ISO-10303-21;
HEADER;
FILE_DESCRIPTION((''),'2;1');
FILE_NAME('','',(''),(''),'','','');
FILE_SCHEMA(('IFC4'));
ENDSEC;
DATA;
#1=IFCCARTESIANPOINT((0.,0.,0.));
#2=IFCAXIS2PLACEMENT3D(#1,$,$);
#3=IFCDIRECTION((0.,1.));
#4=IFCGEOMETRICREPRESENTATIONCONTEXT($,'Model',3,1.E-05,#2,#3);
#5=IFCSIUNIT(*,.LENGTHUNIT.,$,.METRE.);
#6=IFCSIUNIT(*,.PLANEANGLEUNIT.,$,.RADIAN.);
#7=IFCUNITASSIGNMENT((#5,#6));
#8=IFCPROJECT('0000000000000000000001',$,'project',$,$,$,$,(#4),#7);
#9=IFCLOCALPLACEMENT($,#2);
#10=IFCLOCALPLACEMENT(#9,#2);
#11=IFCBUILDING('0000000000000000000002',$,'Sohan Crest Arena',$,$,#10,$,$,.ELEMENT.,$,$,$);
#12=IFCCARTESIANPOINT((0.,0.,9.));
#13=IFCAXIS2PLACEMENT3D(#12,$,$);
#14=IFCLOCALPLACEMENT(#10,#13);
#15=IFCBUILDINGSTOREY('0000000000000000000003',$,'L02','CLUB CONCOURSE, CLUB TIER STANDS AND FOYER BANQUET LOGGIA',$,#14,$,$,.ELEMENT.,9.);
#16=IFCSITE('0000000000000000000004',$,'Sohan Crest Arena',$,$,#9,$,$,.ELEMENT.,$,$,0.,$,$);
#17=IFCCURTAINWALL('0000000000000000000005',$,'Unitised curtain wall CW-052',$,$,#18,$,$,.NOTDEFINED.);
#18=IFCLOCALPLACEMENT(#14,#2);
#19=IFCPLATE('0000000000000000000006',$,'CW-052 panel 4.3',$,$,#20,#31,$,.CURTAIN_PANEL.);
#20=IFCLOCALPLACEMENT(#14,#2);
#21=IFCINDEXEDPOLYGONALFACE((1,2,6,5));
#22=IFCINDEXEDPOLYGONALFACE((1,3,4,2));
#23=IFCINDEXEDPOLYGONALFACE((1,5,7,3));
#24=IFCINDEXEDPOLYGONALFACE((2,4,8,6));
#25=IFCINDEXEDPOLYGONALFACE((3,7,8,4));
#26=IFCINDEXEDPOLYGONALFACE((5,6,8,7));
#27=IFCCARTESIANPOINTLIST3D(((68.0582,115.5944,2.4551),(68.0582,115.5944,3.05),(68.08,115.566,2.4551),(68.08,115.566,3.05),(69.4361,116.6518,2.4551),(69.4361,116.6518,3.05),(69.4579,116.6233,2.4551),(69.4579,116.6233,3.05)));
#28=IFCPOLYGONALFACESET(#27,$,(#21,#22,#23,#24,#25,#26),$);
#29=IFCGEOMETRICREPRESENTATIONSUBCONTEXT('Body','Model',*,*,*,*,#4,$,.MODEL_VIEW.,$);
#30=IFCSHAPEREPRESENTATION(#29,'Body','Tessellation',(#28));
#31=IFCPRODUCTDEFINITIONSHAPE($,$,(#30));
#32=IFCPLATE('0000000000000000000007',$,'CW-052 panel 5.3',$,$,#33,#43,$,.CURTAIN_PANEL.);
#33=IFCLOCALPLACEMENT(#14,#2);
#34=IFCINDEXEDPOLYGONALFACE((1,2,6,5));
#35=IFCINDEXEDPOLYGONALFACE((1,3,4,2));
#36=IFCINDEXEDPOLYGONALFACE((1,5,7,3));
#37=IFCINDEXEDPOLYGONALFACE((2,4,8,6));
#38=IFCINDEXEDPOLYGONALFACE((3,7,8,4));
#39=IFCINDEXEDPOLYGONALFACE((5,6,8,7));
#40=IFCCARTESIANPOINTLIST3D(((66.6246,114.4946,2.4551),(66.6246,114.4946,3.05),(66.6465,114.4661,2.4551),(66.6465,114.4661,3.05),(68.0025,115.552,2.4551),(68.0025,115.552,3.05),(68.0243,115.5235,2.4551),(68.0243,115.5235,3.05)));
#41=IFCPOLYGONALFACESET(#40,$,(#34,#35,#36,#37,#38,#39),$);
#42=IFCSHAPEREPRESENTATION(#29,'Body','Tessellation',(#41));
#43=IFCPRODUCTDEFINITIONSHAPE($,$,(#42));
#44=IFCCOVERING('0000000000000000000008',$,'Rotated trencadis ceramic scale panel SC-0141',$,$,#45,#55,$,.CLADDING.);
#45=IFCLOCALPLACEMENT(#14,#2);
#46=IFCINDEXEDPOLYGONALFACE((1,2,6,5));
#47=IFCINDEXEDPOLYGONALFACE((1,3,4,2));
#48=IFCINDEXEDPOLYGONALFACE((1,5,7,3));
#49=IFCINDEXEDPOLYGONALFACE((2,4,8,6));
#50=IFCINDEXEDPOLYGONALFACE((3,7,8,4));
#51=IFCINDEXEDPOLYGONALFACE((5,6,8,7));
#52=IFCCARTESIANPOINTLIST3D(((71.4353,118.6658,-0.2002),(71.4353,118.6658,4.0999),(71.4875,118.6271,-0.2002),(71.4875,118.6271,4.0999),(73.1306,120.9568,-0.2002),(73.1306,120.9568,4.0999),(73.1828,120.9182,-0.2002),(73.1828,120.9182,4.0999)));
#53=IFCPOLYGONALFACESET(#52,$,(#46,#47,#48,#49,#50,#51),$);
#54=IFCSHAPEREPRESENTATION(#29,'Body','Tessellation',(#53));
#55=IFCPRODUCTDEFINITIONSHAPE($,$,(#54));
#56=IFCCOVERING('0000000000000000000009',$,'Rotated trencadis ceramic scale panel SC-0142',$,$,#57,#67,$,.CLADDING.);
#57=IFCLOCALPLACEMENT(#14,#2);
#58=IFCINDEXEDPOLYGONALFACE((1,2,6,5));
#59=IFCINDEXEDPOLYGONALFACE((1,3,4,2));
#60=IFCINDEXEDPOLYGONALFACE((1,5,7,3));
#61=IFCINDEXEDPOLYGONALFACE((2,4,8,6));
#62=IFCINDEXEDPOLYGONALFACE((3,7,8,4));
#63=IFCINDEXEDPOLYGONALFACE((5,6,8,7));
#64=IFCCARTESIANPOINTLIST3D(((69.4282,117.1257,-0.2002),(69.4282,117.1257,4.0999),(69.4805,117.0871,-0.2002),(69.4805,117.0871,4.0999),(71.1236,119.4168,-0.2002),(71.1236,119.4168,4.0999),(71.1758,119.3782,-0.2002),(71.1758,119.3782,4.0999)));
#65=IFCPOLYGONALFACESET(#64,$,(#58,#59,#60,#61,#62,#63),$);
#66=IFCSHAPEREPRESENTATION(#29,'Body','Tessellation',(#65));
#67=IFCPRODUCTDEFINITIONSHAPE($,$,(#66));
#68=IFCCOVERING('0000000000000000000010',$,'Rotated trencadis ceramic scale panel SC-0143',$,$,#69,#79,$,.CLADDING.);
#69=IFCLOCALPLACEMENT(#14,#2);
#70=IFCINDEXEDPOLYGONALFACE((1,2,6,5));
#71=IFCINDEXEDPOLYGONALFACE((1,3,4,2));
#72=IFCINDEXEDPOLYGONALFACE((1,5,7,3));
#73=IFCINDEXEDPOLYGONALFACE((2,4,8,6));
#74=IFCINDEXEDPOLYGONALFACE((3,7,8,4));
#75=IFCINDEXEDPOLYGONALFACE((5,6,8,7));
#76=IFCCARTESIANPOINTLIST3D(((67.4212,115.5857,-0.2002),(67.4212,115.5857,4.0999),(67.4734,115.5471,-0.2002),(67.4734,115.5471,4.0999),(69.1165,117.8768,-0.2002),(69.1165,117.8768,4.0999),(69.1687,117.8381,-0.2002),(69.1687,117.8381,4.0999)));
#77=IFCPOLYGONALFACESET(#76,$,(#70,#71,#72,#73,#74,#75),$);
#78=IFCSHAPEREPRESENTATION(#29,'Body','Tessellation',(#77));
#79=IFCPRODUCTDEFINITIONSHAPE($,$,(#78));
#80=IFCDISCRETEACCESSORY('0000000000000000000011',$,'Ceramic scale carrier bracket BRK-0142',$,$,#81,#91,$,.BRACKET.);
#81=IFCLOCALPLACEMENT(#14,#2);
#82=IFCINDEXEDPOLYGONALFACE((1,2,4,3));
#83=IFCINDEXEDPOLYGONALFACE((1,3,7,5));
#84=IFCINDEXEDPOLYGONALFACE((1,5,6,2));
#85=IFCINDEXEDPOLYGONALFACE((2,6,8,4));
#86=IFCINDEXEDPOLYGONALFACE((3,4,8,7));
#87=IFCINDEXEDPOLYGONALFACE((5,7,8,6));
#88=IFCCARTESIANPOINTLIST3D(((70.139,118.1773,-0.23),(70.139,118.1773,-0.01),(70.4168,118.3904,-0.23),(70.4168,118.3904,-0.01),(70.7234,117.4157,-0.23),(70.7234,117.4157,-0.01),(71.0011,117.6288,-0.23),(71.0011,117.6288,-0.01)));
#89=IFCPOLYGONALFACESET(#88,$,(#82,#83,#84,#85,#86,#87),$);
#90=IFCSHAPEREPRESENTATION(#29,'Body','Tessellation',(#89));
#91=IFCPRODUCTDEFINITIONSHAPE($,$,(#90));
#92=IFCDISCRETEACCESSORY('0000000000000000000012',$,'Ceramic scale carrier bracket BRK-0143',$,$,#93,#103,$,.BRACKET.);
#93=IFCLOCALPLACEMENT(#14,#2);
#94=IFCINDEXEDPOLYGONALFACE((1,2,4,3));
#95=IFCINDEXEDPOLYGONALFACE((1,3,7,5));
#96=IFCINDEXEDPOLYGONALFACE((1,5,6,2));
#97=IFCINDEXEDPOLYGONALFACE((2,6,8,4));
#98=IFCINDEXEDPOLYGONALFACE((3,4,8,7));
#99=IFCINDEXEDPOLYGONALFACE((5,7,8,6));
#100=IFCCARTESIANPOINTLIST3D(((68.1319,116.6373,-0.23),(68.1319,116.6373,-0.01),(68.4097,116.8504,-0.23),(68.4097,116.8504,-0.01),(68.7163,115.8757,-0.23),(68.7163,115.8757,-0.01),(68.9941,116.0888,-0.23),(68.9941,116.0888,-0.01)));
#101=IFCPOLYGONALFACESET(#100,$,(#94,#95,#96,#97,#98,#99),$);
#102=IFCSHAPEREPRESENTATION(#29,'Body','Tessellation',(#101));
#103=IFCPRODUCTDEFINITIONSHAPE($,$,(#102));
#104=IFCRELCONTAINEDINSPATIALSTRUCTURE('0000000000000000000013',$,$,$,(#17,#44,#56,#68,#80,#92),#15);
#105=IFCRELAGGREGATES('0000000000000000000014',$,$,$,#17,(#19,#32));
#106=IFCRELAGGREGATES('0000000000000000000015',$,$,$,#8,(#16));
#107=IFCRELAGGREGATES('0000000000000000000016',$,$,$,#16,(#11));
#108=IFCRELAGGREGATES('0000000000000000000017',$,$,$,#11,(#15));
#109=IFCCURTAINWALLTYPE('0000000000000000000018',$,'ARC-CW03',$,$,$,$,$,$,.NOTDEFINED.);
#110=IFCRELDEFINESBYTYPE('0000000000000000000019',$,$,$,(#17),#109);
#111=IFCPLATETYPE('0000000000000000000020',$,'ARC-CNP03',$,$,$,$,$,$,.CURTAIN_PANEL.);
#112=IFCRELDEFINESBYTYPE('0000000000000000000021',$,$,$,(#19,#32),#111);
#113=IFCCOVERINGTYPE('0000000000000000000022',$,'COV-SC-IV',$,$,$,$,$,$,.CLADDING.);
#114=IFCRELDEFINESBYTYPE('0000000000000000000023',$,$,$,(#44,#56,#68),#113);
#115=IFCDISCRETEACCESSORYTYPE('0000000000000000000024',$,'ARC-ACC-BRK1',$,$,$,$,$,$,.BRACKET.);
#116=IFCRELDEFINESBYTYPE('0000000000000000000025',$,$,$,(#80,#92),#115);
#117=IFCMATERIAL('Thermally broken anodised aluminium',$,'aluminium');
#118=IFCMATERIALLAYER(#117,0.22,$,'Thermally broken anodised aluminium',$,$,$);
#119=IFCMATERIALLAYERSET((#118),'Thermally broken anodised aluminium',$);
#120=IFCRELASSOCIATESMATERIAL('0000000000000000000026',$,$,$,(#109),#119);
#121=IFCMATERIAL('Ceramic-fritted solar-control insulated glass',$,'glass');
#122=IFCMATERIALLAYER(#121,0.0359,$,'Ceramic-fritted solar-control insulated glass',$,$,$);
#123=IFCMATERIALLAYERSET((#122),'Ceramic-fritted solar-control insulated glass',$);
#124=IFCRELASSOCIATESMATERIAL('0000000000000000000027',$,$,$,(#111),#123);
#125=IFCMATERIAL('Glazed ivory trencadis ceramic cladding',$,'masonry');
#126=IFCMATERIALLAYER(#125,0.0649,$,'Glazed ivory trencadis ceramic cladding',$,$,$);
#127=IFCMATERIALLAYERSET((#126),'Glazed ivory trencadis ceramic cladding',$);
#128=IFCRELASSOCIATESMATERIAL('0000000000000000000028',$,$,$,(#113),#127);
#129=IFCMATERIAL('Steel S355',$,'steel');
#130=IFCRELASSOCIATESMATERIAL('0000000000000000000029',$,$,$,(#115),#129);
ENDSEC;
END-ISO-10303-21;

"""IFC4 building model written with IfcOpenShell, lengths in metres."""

from ifc_helpers import new_model, si_unit, direction, frame, origin, origin_2d, place, context, subcontext, project, spatial, rectangle, extrude, material, layer, layer_set, type_object, element, aggregate, save


model = new_model("IFC4")

# Units and contexts
model_context = context("Model", 3, precision=1e-05, world=origin(), true_north=direction((0.0, 1.0)))
body_context = subcontext(model_context, "Body", "Model", "MODEL_VIEW")
ifc_project = project(units=[si_unit("LENGTHUNIT", "METRE"), si_unit("PLANEANGLEUNIT", "RADIAN")], contexts=[model_context])

# Site, building, storey
site_placement = place(None, origin())
site = spatial("IfcSite", under=ifc_project, at=site_placement, Name="Sohan Crest Arena", CompositionType="ELEMENT", RefElevation=0.0)
building_placement = place(site_placement, origin())
building = spatial("IfcBuilding", under=site, at=building_placement, Name="Sohan Crest Arena", CompositionType="ELEMENT")
storey_placement = place(building_placement, frame((0.0, 0.0, 9.0)))
storey = spatial("IfcBuildingStorey", under=building, at=storey_placement, Name="L02", Description="CLUB CONCOURSE, CLUB TIER STANDS AND FOYER BANQUET LOGGIA", CompositionType="ELEMENT", Elevation=9.0)

# Curtain wall, plates
ifc_material_1 = material(Name="Thermally broken anodised aluminium", Category="aluminium")
ifc_layer_1 = layer(ifc_material_1, 0.22, Name="Thermally broken anodised aluminium")
ifc_layer_set_1 = layer_set([ifc_layer_1], Name="Thermally broken anodised aluminium")
curtain_wall_type = type_object("IfcCurtainWallType", Name="ARC-CW03", PredefinedType="NOTDEFINED", material=ifc_layer_set_1)
curtain_wall_placement = place(storey_placement, origin())
curtain_wall = element("IfcCurtainWall", 1, at=curtain_wall_placement, inside=storey, type_object=curtain_wall_type, Name="Unitised curtain wall CW-052", PredefinedType="NOTDEFINED")
ifc_material_2 = material(Name="Ceramic-fritted solar-control insulated glass", Category="glass")
ifc_layer_2 = layer(ifc_material_2, 0.0359, Name="Ceramic-fritted solar-control insulated glass")
ifc_layer_set_2 = layer_set([ifc_layer_2], Name="Ceramic-fritted solar-control insulated glass")
plate_type = type_object("IfcPlateType", Name="ARC-CNP03", PredefinedType="CURTAIN_PANEL", material=ifc_layer_set_2)
plate_1_placement = place(storey_placement, frame((68.7581, 116.1089, 2.4551), z_axis=(0.0, 0.0, 1.0), x_axis=(-0.793329, -0.608793, 0.0)))
plate_1 = element("IfcPlate", 2, at=plate_1_placement, type_object=plate_type, Name="CW-052 panel 4.3", PredefinedType="CURTAIN_PANEL", context=body_context, shape_type="SweptSolid", body=[
    extrude(rectangle(XDim=1.7368, YDim=0.0359, at=origin_2d()), origin(), (0.0, 0.0, 1.0), 0.595),
])
plate_2_placement = place(storey_placement, frame((67.3245, 115.009, 2.4551), z_axis=(0.0, 0.0, 1.0), x_axis=(-0.793329, -0.608793, 0.0)))
plate_2 = element("IfcPlate", 3, at=plate_2_placement, type_object=plate_type, Name="CW-052 panel 5.3", PredefinedType="CURTAIN_PANEL", context=body_context, shape_type="SweptSolid", body=[
    extrude(rectangle(XDim=1.7368, YDim=0.0359, at=origin_2d()), origin(), (0.0, 0.0, 1.0), 0.595),
])
aggregate(curtain_wall, [plate_1, plate_2])

# Coverings
ifc_material_3 = material(Name="Glazed ivory trencadis ceramic cladding", Category="masonry")
ifc_layer_3 = layer(ifc_material_3, 0.0649, Name="Glazed ivory trencadis ceramic cladding")
ifc_layer_set_3 = layer_set([ifc_layer_3], Name="Glazed ivory trencadis ceramic cladding")
covering_type = type_object("IfcCoveringType", Name="COV-SC-IV", PredefinedType="CLADDING", material=ifc_layer_set_3)
for number, where, z_axis, x_axis, name in (
    (4, (72.3091, 119.792, -0.2002), (0.0, 0.0, 1.0), (-0.594823, -0.803857, 0.0), "Rotated trencadis ceramic scale panel SC-0141"),
    (5, (70.302, 118.252, -0.2002), (0.0, 0.0, 1.0), (-0.594823, -0.803857, 0.0), "Rotated trencadis ceramic scale panel SC-0142"),
    (6, (68.2949, 116.7119, -0.2002), (0.0, 0.0, 1.0), (-0.594823, -0.803857, 0.0), "Rotated trencadis ceramic scale panel SC-0143"),
):
    element("IfcCovering", number, at=place(storey_placement, frame(where, z_axis=z_axis, x_axis=x_axis)), inside=storey, type_object=covering_type, Name=name, PredefinedType="CLADDING", context=body_context, shape_type="SweptSolid", body=[
        extrude(rectangle(XDim=2.8501, YDim=0.0649, at=origin_2d()), origin(), (0.0, 0.0, 1.0), 4.3),
    ])

# Discrete accessories
ifc_material_4 = material(Name="Steel S355", Category="steel")
discrete_accessory_type = type_object("IfcDiscreteAccessoryType", Name="ARC-ACC-BRK1", PredefinedType="BRACKET", material=ifc_material_4)
for number, where, z_axis, x_axis, name in (
    (7, (70.5701, 117.9031, -0.23), (0.0, 0.0, 1.0), (-0.793353, -0.608761, 0.0), "Ceramic scale carrier bracket BRK-0142"),
    (8, (68.563, 116.363, -0.23), (0.0, 0.0, 1.0), (-0.793353, -0.608761, 0.0), "Ceramic scale carrier bracket BRK-0143"),
):
    element("IfcDiscreteAccessory", number, at=place(storey_placement, frame(where, z_axis=z_axis, x_axis=x_axis)), inside=storey, type_object=discrete_accessory_type, Name=name, PredefinedType="BRACKET", context=body_context, shape_type="SweptSolid", body=[
        extrude(rectangle(XDim=0.3501, YDim=0.96, at=origin_2d()), origin(), (0.0, 0.0, 1.0), 0.22),
    ])

save(model, "model.ifc")
